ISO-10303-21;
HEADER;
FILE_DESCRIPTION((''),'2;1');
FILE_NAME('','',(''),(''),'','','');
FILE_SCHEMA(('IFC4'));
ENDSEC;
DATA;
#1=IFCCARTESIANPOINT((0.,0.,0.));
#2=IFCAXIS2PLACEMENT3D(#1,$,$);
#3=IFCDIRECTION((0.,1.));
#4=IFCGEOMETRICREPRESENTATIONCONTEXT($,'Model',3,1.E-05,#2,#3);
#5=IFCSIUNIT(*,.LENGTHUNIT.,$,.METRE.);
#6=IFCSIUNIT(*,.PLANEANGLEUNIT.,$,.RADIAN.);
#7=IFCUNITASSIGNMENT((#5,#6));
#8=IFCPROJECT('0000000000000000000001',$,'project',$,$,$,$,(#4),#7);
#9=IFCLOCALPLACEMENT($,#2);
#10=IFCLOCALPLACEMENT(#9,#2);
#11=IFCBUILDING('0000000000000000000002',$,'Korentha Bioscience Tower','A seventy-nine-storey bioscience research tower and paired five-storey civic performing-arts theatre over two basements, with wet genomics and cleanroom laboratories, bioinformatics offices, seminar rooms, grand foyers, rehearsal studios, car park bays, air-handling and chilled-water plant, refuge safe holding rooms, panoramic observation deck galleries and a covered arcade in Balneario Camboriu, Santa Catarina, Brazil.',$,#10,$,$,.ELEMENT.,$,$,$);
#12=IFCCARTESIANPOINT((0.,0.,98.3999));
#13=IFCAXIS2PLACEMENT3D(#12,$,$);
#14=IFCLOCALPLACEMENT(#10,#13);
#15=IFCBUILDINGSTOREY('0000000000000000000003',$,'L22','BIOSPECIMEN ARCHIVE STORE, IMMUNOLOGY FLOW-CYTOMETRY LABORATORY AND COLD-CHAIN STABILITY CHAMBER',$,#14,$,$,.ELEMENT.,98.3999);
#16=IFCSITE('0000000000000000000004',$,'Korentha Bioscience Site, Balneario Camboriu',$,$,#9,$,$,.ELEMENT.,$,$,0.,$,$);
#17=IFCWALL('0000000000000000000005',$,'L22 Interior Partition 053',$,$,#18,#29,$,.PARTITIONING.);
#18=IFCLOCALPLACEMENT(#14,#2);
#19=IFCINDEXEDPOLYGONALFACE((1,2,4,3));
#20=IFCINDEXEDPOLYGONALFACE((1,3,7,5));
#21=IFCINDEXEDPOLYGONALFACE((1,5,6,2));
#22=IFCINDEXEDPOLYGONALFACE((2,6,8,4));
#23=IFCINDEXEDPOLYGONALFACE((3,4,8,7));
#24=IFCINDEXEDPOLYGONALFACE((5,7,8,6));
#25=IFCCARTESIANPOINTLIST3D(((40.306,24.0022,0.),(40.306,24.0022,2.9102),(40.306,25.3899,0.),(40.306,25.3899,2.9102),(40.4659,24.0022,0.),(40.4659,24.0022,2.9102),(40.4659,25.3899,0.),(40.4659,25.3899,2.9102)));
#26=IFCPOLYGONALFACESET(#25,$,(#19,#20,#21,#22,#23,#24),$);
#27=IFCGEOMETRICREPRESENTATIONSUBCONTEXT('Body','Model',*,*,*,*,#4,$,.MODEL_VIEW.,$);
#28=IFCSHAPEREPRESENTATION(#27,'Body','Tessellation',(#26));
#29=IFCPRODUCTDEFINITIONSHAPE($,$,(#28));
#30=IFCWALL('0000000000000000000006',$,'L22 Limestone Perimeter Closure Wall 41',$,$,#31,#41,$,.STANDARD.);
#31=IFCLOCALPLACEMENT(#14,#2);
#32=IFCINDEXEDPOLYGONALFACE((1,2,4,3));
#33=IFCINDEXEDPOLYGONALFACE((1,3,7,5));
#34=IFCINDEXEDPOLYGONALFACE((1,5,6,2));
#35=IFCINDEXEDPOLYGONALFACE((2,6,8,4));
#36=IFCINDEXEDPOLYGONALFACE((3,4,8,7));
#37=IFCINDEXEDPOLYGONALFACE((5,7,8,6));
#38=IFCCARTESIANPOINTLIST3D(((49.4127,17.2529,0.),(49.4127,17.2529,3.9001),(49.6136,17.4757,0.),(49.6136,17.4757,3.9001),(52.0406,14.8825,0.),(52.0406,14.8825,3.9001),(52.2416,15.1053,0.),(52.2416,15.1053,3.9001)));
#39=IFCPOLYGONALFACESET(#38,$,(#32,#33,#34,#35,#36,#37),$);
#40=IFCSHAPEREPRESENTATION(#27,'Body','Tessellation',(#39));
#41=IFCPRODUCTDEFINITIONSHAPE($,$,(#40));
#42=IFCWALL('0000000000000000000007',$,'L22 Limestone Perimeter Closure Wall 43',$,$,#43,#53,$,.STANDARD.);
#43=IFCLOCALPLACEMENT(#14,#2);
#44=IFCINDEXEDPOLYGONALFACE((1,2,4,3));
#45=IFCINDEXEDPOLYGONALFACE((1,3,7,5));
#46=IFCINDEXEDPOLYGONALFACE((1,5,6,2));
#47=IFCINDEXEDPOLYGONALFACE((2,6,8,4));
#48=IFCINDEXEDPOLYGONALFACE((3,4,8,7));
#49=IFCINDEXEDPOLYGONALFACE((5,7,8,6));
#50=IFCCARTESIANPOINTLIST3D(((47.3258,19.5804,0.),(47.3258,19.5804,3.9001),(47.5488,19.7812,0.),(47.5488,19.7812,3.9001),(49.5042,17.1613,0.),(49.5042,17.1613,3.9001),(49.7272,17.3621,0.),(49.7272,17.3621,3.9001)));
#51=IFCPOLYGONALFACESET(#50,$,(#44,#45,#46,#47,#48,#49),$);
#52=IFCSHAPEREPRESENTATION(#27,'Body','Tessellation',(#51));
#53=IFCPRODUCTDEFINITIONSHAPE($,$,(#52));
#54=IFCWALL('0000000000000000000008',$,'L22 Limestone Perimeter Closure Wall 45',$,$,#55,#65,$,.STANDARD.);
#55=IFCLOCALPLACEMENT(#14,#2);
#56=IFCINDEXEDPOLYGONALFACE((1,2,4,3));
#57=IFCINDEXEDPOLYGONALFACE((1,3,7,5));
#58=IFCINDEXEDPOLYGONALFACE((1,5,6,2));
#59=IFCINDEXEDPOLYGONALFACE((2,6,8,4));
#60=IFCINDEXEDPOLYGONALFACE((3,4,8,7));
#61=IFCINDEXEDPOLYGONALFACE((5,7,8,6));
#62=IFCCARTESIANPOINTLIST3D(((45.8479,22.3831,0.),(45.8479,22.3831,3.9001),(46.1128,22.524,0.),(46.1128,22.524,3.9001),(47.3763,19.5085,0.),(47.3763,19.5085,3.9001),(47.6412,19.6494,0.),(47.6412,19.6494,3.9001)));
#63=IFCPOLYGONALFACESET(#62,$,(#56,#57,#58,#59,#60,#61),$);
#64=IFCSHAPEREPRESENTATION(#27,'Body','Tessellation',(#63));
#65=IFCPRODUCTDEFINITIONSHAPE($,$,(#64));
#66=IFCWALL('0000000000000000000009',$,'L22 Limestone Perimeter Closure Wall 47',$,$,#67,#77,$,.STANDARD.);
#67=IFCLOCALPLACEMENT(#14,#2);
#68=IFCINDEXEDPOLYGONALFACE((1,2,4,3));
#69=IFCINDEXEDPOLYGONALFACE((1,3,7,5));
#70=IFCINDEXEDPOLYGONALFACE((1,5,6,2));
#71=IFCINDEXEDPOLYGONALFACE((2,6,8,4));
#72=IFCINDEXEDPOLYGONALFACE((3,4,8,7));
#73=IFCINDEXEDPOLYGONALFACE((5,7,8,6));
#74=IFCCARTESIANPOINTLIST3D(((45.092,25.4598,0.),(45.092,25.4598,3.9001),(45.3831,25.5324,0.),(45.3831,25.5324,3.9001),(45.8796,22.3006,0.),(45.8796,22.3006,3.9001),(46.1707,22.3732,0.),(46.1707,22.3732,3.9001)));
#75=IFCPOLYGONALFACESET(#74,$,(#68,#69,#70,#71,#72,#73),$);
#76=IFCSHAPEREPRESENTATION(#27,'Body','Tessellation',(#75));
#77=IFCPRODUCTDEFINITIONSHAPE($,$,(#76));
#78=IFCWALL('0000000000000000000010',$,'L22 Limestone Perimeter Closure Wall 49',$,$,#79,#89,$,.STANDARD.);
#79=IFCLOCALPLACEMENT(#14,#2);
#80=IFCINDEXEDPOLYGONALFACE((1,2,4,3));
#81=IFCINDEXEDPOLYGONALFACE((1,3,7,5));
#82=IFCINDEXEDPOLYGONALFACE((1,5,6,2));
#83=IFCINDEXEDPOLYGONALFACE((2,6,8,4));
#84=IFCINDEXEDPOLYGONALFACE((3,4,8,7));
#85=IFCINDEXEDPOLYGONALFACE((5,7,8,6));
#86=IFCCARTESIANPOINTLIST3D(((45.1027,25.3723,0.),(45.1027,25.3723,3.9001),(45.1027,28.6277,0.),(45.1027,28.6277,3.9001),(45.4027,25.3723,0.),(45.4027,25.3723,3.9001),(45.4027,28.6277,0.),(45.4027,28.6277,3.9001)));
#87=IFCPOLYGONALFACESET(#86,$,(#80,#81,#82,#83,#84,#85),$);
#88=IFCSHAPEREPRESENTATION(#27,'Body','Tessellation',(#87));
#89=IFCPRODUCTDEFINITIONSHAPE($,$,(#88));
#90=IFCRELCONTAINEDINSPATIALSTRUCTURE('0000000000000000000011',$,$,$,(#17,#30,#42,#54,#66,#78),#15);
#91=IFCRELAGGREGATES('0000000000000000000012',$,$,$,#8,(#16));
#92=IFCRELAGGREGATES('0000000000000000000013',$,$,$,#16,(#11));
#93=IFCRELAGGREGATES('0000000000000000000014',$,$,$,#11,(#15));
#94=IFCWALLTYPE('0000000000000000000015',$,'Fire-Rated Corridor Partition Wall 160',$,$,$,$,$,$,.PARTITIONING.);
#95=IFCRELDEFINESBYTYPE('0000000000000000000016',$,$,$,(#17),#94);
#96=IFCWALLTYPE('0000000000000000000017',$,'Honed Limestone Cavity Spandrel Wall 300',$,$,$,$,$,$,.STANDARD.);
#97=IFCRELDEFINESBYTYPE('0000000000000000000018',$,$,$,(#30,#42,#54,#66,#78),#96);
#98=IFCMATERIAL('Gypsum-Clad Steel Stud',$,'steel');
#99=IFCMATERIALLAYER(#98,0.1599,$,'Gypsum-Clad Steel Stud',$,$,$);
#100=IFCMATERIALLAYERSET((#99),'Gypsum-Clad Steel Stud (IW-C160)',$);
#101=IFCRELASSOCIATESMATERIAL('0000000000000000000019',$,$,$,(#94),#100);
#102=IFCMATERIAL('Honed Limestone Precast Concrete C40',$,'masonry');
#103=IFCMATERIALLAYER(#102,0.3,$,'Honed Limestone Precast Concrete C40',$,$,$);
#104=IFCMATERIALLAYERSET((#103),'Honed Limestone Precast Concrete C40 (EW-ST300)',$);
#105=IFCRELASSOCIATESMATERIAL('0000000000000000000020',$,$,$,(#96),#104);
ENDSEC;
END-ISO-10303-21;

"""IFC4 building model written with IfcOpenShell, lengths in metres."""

from ifc_helpers import new_model, si_unit, direction, frame, frame_2d, origin, place, context, subcontext, project, spatial, rectangle, extrude, material, layer, layer_set, type_object, element, save


model = new_model("IFC4")

# Units and contexts
model_context = context("Model", 3, precision=1e-05, world=origin(), true_north=direction((0.0, 1.0)))
body_context = subcontext(model_context, "Body", "Model", "MODEL_VIEW")
ifc_project = project(units=[si_unit("LENGTHUNIT", "METRE"), si_unit("PLANEANGLEUNIT", "RADIAN")], contexts=[model_context])

# Site, building, storey
site_placement = place(None, origin())
site = spatial("IfcSite", under=ifc_project, at=site_placement, Name="Korentha Bioscience Site, Balneario Camboriu", CompositionType="ELEMENT", RefElevation=0.0)
building_placement = place(site_placement, origin())
building = spatial("IfcBuilding", under=site, at=building_placement, Name="Korentha Bioscience Tower", Description="A seventy-nine-storey bioscience research tower and paired five-storey civic performing-arts theatre over two basements, with wet genomics and cleanroom laboratories, bioinformatics offices, seminar rooms, grand foyers, rehearsal studios, car park bays, air-handling and chilled-water plant, refuge safe holding rooms, panoramic observation deck galleries and a covered arcade in Balneario Camboriu, Santa Catarina, Brazil.", CompositionType="ELEMENT")
storey_placement = place(building_placement, frame((0.0, 0.0, 98.3999)))
storey = spatial("IfcBuildingStorey", under=building, at=storey_placement, Name="L22", Description="BIOSPECIMEN ARCHIVE STORE, IMMUNOLOGY FLOW-CYTOMETRY LABORATORY AND COLD-CHAIN STABILITY CHAMBER", CompositionType="ELEMENT", Elevation=98.3999)

# Shared definitions
ifc_material_1 = material(Name="Gypsum-Clad Steel Stud", Category="steel")
ifc_layer_1 = layer(ifc_material_1, 0.1599, Name="Gypsum-Clad Steel Stud")
ifc_layer_set_1 = layer_set([ifc_layer_1], Name="Gypsum-Clad Steel Stud (IW-C160)")
wall_type_1 = type_object("IfcWallType", Name="Fire-Rated Corridor Partition Wall 160", PredefinedType="PARTITIONING", material=ifc_layer_set_1)

# Walls
wall_1_placement = place(storey_placement, frame((40.386, 25.3899, 0.0), z_axis=(0.0, 0.0, 1.0), x_axis=(0.0, -1.0, 0.0)))
element("IfcWall", 1, at=wall_1_placement, inside=storey, type_object=wall_type_1, Name="L22 Interior Partition 053", PredefinedType="PARTITIONING", context=body_context, shape_type="SweptSolid", body=[
    extrude(rectangle(XDim=1.3877, YDim=0.1599, at=frame_2d((0.6938, 0.0))), origin(), (0.0, 0.0, 1.0), 2.9102),
])
ifc_material_2 = material(Name="Honed Limestone Precast Concrete C40", Category="masonry")
ifc_layer_2 = layer(ifc_material_2, 0.3, Name="Honed Limestone Precast Concrete C40")
ifc_layer_set_2 = layer_set([ifc_layer_2], Name="Honed Limestone Precast Concrete C40 (EW-ST300)")
wall_type_2 = type_object("IfcWallType", Name="Honed Limestone Cavity Spandrel Wall 300", PredefinedType="STANDARD", material=ifc_layer_set_2)
wall_2_placement = place(storey_placement, frame((52.1411, 14.9939, 0.0), z_axis=(0.0, 0.0, 1.0), x_axis=(-0.74256, 0.66978, 0.0)))
element("IfcWall", 2, at=wall_2_placement, inside=storey, type_object=wall_type_2, Name="L22 Limestone Perimeter Closure Wall 41", PredefinedType="STANDARD", context=body_context, shape_type="SweptSolid", body=[
    extrude(rectangle(XDim=3.5391, YDim=0.3, at=frame_2d((1.7695, 0.0))), origin(), (0.0, 0.0, 1.0), 3.9001),
])
wall_3_placement = place(storey_placement, frame((49.6157, 17.2617, 0.0), z_axis=(0.0, 0.0, 1.0), x_axis=(-0.669168, 0.743111, 0.0)))
element("IfcWall", 3, at=wall_3_placement, inside=storey, type_object=wall_type_2, Name="L22 Limestone Perimeter Closure Wall 43", PredefinedType="STANDARD", context=body_context, shape_type="SweptSolid", body=[
    extrude(rectangle(XDim=3.2554, YDim=0.3, at=frame_2d((1.6277, 0.0))), origin(), (0.0, 0.0, 1.0), 3.9001),
])
wall_4_placement = place(storey_placement, frame((47.5088, 19.5789, 0.0), z_axis=(0.0, 0.0, 1.0), x_axis=(-0.469451, 0.882958, 0.0)))
element("IfcWall", 4, at=wall_4_placement, inside=storey, type_object=wall_type_2, Name="L22 Limestone Perimeter Closure Wall 45", PredefinedType="STANDARD", context=body_context, shape_type="SweptSolid", body=[
    extrude(rectangle(XDim=3.2556, YDim=0.3, at=frame_2d((1.6279, 0.0))), origin(), (0.0, 0.0, 1.0), 3.9001),
])
wall_5_placement = place(storey_placement, frame((46.0251, 22.3369, 0.0), z_axis=(0.0, 0.0, 1.0), x_axis=(-0.2419, 0.970301, 0.0)))
element("IfcWall", 5, at=wall_5_placement, inside=storey, type_object=wall_type_2, Name="L22 Limestone Perimeter Closure Wall 47", PredefinedType="STANDARD", context=body_context, shape_type="SweptSolid", body=[
    extrude(rectangle(XDim=3.2559, YDim=0.3, at=frame_2d((1.6279, 0.0))), origin(), (0.0, 0.0, 1.0), 3.9001),
])
wall_6_placement = place(storey_placement, frame((45.2527, 25.3723, 0.0), z_axis=(0.0, 0.0, 1.0), x_axis=(0.0, 1.0, 0.0)))
element("IfcWall", 6, at=wall_6_placement, inside=storey, type_object=wall_type_2, Name="L22 Limestone Perimeter Closure Wall 49", PredefinedType="STANDARD", context=body_context, shape_type="SweptSolid", body=[
    extrude(rectangle(XDim=3.2554, YDim=0.3, at=frame_2d((1.6277, 0.0))), origin(), (0.0, 0.0, 1.0), 3.9001),
])

save(model, "model.ifc")
